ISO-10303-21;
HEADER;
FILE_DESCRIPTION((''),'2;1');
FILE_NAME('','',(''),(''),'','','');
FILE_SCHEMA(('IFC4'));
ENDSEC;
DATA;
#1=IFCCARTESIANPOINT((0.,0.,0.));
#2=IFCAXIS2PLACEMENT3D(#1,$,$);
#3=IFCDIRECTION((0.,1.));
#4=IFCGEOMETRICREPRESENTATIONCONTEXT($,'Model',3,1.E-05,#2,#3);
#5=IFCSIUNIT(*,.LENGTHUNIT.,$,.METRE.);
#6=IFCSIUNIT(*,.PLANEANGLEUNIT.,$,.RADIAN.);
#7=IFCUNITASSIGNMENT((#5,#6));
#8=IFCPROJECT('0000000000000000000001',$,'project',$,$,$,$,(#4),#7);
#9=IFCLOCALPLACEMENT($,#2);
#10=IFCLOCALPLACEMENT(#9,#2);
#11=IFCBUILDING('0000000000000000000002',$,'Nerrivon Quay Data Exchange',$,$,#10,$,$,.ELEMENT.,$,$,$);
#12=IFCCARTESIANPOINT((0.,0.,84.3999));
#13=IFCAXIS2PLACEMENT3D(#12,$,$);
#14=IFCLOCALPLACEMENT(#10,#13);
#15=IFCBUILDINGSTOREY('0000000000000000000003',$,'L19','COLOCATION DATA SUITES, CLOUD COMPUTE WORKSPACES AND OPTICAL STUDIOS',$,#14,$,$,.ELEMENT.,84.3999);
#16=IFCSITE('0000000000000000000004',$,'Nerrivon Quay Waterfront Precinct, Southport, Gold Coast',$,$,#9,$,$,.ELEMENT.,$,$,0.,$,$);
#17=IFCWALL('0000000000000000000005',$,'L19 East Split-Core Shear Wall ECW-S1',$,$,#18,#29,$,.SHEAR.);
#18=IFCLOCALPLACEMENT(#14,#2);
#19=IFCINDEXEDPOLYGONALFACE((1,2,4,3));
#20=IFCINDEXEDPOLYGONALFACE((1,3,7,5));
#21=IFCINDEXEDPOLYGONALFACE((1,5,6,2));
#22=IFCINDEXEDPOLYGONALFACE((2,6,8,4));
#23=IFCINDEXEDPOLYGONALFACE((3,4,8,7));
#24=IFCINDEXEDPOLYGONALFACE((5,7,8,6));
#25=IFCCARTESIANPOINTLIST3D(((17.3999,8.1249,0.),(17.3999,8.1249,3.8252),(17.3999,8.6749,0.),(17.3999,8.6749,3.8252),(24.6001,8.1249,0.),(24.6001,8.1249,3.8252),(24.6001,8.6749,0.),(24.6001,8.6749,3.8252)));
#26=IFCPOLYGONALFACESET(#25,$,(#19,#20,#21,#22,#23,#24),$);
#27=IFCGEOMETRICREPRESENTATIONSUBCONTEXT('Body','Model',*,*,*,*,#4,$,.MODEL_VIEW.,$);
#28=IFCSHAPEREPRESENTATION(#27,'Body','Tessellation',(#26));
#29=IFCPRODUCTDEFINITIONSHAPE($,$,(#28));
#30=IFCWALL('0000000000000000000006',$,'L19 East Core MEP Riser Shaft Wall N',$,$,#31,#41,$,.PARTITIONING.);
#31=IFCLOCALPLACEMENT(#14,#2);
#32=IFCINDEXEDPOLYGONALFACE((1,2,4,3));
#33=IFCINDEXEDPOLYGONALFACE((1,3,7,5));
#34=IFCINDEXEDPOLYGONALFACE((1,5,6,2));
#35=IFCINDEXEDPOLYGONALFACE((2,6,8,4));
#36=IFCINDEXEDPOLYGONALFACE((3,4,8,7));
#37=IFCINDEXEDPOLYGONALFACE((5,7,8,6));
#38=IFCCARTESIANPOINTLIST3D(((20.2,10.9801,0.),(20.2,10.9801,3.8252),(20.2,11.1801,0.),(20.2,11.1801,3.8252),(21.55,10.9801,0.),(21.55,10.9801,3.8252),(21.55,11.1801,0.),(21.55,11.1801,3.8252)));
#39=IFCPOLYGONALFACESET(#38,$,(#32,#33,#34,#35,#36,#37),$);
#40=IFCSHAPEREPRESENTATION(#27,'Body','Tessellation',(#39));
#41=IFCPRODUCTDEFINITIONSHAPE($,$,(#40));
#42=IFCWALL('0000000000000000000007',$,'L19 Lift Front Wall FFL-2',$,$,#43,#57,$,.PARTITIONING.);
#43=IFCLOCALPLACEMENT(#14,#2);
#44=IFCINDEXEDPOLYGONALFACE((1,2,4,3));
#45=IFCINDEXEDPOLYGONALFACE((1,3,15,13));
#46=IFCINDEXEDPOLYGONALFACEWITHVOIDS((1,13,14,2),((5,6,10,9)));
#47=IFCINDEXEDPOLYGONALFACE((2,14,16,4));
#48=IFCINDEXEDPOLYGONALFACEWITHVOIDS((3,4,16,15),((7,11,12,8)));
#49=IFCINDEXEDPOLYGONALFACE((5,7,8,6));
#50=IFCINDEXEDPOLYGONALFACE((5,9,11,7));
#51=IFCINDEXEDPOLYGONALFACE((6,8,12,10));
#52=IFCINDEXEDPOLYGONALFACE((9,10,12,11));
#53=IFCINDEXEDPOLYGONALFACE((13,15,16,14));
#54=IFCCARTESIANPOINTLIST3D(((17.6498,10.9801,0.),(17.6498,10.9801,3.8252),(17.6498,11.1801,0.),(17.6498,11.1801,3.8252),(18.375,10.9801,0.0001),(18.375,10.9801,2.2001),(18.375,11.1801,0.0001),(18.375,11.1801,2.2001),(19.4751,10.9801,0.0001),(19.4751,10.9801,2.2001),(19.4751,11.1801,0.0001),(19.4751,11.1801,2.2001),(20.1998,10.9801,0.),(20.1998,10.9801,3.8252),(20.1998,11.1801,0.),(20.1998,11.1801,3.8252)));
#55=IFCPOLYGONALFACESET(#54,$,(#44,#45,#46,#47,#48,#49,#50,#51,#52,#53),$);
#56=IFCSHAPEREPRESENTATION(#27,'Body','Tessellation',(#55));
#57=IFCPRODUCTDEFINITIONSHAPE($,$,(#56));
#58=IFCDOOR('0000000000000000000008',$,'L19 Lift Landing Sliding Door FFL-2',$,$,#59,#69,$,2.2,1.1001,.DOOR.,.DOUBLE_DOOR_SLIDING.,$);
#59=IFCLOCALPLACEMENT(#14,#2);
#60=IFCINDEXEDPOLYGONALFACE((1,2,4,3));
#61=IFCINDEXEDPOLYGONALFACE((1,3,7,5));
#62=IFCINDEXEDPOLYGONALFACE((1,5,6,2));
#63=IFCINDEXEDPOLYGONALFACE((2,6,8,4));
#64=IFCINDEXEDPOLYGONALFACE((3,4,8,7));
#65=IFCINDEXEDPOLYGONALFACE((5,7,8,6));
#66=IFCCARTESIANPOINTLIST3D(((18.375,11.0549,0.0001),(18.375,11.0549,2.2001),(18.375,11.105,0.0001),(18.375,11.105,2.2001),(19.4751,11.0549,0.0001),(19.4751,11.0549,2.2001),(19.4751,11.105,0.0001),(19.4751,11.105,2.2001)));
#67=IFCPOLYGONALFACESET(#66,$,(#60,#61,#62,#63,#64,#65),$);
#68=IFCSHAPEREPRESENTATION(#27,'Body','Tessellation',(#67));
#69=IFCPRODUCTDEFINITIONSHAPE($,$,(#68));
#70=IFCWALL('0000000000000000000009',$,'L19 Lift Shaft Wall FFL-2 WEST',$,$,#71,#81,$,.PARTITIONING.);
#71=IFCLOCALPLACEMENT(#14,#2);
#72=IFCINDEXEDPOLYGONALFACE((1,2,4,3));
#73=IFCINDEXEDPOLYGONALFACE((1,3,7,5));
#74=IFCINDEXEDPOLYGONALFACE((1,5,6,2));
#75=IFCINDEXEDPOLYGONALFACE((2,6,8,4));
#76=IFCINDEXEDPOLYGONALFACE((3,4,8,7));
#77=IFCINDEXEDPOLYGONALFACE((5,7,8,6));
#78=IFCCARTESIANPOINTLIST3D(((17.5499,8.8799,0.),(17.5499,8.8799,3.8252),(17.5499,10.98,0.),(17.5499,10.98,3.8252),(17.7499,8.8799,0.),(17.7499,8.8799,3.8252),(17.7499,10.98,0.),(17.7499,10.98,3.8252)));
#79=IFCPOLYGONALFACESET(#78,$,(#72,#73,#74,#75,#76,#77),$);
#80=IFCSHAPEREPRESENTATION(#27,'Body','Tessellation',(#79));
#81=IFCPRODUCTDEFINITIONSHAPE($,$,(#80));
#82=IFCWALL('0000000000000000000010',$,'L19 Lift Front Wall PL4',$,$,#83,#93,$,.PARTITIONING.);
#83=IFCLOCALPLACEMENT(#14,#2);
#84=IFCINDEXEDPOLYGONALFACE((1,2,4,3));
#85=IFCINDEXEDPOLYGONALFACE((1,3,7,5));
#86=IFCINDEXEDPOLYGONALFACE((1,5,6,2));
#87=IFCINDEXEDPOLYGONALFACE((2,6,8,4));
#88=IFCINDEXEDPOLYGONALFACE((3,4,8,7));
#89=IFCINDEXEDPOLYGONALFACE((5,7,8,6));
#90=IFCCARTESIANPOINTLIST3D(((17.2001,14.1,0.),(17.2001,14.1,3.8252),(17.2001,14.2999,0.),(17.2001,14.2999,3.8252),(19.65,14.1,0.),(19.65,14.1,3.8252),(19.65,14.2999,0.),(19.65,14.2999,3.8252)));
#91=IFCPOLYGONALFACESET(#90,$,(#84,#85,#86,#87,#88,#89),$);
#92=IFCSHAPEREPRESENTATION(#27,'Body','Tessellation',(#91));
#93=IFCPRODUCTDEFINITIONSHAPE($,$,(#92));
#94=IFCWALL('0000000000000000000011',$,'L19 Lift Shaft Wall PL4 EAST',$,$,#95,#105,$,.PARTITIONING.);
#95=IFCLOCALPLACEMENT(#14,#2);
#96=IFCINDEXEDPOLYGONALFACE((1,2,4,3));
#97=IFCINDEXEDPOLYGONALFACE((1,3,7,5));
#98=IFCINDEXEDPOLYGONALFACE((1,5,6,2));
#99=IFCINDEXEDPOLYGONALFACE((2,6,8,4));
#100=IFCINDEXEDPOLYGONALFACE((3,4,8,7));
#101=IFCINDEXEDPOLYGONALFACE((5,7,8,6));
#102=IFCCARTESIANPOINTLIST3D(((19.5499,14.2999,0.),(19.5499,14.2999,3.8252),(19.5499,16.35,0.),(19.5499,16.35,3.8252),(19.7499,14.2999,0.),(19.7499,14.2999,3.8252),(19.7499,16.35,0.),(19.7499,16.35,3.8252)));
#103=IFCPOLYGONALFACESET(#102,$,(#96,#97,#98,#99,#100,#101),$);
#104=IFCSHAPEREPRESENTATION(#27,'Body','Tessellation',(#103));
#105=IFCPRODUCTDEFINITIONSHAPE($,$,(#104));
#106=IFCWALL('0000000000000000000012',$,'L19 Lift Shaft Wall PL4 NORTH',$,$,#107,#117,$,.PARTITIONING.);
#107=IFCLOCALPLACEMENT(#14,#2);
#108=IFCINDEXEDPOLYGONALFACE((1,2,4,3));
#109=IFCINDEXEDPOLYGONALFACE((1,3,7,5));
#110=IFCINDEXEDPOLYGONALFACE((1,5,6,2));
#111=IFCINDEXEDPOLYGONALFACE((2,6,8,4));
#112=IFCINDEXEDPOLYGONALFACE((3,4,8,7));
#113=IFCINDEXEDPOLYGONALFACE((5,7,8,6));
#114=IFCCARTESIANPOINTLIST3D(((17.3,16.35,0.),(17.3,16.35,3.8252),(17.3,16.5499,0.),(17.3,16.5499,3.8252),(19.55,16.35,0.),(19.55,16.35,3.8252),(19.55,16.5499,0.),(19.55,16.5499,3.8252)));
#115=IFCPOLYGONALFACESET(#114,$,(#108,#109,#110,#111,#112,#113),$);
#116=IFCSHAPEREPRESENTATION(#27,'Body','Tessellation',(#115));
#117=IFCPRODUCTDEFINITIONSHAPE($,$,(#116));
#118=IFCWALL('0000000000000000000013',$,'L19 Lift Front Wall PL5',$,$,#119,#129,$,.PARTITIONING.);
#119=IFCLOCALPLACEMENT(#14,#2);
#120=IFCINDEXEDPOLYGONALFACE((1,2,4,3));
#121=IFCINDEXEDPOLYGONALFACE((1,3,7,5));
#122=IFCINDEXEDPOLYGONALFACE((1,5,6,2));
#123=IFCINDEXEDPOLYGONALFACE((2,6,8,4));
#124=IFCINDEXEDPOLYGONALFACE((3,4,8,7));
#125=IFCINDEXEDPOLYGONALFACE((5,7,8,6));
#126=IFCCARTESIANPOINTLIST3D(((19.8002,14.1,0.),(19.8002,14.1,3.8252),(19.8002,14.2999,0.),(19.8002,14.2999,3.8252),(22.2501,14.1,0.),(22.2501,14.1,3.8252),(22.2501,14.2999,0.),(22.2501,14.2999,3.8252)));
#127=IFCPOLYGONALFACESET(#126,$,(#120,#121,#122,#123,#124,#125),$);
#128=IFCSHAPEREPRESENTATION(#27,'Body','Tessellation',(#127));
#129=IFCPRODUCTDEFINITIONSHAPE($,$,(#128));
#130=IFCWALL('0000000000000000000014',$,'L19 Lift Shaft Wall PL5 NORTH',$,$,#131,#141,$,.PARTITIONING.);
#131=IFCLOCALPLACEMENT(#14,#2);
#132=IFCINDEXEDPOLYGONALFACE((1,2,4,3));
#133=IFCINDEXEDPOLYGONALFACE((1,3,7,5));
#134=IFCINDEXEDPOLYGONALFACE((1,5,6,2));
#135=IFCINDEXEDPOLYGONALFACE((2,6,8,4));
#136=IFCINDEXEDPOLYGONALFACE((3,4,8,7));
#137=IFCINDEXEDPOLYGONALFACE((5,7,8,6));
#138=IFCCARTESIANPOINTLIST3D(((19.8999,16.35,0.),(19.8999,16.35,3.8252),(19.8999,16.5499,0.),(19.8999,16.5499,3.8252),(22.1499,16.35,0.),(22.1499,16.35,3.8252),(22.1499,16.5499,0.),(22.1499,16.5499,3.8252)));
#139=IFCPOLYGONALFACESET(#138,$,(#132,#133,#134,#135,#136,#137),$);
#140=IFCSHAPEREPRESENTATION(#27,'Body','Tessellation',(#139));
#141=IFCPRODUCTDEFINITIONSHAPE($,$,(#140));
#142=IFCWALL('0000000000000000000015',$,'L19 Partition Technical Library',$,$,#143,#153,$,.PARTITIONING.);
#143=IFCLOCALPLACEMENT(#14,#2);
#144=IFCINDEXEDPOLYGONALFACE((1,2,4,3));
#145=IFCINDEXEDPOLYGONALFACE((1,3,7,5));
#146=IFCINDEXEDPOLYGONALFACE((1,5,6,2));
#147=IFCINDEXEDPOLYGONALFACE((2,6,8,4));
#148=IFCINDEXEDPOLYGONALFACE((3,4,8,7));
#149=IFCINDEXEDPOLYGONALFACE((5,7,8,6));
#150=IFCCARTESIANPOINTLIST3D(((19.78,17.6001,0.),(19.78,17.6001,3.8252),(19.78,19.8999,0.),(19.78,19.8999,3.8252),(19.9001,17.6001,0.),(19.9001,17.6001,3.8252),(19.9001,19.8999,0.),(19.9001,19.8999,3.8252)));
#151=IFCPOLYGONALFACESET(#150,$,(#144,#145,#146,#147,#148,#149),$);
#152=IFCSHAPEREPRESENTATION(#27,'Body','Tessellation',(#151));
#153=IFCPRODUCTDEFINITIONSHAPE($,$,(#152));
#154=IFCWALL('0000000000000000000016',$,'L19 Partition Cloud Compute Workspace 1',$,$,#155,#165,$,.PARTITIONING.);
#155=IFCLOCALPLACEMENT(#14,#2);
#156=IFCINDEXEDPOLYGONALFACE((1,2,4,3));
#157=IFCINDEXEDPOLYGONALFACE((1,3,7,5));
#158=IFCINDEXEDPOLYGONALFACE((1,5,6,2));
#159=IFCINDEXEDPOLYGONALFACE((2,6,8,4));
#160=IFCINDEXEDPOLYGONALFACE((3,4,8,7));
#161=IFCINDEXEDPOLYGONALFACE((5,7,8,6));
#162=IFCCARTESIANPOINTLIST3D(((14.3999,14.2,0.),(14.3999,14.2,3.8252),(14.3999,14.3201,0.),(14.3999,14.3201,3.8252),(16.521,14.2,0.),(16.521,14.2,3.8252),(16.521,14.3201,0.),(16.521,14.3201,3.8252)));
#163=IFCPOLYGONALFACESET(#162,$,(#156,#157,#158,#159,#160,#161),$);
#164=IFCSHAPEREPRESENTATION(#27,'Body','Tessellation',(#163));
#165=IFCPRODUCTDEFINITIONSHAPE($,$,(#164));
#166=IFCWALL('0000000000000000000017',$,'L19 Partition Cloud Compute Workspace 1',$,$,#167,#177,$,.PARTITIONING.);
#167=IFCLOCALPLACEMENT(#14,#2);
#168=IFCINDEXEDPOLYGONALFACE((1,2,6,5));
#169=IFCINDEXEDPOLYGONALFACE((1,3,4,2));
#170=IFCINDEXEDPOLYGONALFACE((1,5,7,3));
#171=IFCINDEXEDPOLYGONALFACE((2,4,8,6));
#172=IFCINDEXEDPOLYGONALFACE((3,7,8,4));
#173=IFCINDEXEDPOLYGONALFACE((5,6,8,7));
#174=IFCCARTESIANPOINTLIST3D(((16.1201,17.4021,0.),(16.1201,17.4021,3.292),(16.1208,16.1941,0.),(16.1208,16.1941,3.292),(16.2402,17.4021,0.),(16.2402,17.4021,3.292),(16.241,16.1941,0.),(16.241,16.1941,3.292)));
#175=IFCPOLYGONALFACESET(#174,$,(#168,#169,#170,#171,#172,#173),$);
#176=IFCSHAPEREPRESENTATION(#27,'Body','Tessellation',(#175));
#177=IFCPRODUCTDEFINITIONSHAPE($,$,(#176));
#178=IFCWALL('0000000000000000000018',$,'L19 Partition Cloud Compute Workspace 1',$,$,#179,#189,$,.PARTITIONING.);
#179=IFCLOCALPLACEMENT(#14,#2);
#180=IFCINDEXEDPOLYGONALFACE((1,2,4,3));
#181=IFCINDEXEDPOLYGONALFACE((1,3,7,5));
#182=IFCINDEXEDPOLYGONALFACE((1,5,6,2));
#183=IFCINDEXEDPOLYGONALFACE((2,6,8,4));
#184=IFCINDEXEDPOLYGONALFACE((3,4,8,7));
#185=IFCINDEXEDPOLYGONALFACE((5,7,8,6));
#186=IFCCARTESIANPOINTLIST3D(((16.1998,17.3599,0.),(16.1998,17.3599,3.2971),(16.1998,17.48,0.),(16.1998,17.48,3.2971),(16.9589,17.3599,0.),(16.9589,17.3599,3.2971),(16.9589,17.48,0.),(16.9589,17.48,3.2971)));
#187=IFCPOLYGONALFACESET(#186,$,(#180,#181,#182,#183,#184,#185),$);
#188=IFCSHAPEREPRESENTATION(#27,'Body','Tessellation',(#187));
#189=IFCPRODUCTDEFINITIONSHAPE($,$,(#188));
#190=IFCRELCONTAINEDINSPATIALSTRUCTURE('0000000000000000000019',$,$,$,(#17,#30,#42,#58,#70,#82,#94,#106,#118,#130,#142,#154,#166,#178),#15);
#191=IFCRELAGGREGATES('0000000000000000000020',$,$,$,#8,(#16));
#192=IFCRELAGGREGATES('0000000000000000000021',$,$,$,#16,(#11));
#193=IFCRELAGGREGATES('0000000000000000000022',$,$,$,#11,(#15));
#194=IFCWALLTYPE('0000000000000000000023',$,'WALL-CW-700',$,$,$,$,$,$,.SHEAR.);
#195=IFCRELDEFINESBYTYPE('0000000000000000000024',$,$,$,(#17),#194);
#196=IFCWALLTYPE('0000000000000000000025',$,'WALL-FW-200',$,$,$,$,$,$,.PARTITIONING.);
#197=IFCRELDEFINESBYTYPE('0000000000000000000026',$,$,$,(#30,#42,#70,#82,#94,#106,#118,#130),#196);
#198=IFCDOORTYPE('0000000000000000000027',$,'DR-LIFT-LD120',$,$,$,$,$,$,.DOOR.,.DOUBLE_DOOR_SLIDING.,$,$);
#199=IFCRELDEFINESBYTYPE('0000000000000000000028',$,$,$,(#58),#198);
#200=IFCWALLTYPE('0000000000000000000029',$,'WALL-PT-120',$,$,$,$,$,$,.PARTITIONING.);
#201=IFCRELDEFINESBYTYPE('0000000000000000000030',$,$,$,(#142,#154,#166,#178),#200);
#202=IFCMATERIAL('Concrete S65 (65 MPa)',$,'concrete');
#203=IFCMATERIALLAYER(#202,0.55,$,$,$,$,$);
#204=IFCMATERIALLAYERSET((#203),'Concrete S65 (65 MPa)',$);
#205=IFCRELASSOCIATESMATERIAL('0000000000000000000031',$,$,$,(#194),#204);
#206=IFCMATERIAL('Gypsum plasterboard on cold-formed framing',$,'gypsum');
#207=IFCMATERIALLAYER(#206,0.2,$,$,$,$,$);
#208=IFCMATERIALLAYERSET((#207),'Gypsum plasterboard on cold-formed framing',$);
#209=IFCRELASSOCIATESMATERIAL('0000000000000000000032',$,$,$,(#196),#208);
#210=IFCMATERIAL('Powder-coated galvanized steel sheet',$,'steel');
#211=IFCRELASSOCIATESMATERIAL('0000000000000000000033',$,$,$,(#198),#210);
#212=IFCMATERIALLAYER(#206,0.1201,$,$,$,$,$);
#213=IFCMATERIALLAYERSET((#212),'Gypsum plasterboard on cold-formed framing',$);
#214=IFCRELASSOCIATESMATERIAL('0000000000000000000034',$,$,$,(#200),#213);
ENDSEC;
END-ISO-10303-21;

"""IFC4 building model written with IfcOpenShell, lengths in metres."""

from ifc_helpers import new_model, si_unit, direction, frame, frame_2d, origin, place, context, subcontext, project, spatial, rectangle, extrude, material, layer, layer_set, type_object, element, fill, save


model = new_model("IFC4")

# Units and contexts
model_context = context("Model", 3, precision=1e-05, world=origin(), true_north=direction((0.0, 1.0)))
body_context = subcontext(model_context, "Body", "Model", "MODEL_VIEW")
ifc_project = project(units=[si_unit("LENGTHUNIT", "METRE"), si_unit("PLANEANGLEUNIT", "RADIAN")], contexts=[model_context])

# Site, building, storey
site_placement = place(None, origin())
site = spatial("IfcSite", under=ifc_project, at=site_placement, Name="Nerrivon Quay Waterfront Precinct, Southport, Gold Coast", CompositionType="ELEMENT", RefElevation=0.0)
building_placement = place(site_placement, origin())
building = spatial("IfcBuilding", under=site, at=building_placement, Name="Nerrivon Quay Data Exchange", CompositionType="ELEMENT")
storey_placement = place(building_placement, frame((0.0, 0.0, 84.3999)))
storey = spatial("IfcBuildingStorey", under=building, at=storey_placement, Name="L19", Description="COLOCATION DATA SUITES, CLOUD COMPUTE WORKSPACES AND OPTICAL STUDIOS", CompositionType="ELEMENT", Elevation=84.3999)

# Shared definitions
ifc_material_1 = material(Name="Concrete S65 (65 MPa)", Category="concrete")

# Wall
ifc_layer_1 = layer(ifc_material_1, 0.55)
ifc_layer_set_1 = layer_set([ifc_layer_1], Name="Concrete S65 (65 MPa)")
wall_type_1 = type_object("IfcWallType", Name="WALL-CW-700", PredefinedType="SHEAR", material=ifc_layer_set_1)
wall_1_placement = place(storey_placement, frame((17.3999, 8.3999, 0.0), z_axis=(0.0, 0.0, 1.0), x_axis=(1.0, 0.0, 0.0)))
element("IfcWall", 1, at=wall_1_placement, inside=storey, type_object=wall_type_1, Name="L19 East Split-Core Shear Wall ECW-S1", PredefinedType="SHEAR", context=body_context, shape_type="SweptSolid", body=[
    extrude(rectangle(XDim=7.2002, YDim=0.55, at=frame_2d((3.6001, 0.0))), origin(), (0.0, 0.0, 1.0), 3.8252),
])

# Shared definitions
ifc_material_2 = material(Name="Powder-coated galvanized steel sheet", Category="steel")

# Wall
ifc_material_3 = material(Name="Gypsum plasterboard on cold-formed framing", Category="gypsum")
ifc_layer_2 = layer(ifc_material_3, 0.2)
ifc_layer_set_2 = layer_set([ifc_layer_2], Name="Gypsum plasterboard on cold-formed framing")
wall_type_2 = type_object("IfcWallType", Name="WALL-FW-200", PredefinedType="PARTITIONING", material=ifc_layer_set_2)
wall_2_placement = place(storey_placement, frame((20.2, 11.0801, 0.0), z_axis=(0.0, 0.0, 1.0), x_axis=(1.0, 0.0, 0.0)))
element("IfcWall", 2, at=wall_2_placement, inside=storey, type_object=wall_type_2, Name="L19 East Core MEP Riser Shaft Wall N", PredefinedType="PARTITIONING", context=body_context, shape_type="SweptSolid", body=[
    extrude(rectangle(XDim=1.3501, YDim=0.2, at=frame_2d((0.675, 0.0))), origin(), (0.0, 0.0, 1.0), 3.8252),
])

# Wall, opening, door
wall_3_placement = place(storey_placement, frame((17.6499, 11.0801, 0.0), z_axis=(0.0, 0.0, 1.0), x_axis=(1.0, 0.0, 0.0)))
wall_3 = element("IfcWall", 3, at=wall_3_placement, inside=storey, type_object=wall_type_2, Name="L19 Lift Front Wall FFL-2", PredefinedType="PARTITIONING", context=body_context, shape_type="SweptSolid", body=[
    extrude(rectangle(XDim=2.55, YDim=0.2, at=frame_2d((1.2749, 0.0))), origin(), (0.0, 0.0, 1.0), 3.8252),
])
opening_1_placement = place(wall_3_placement, frame((0.7251, 0.0, 0.0)))
opening_1 = element("IfcOpeningElement", 4, at=opening_1_placement, cuts=wall_3, PredefinedType="OPENING", context=body_context, shape_type="SweptSolid", body=[
    extrude(rectangle(XDim=1.1001, YDim=2.2, at=frame_2d((0.55, 1.1001))), frame((0.0, 0.1099, 0.0), z_axis=(0.0, -1.0, 0.0), x_axis=(1.0, 0.0, 0.0)), (0.0, 0.0, 1.0), 0.22),
])
door_type_1 = type_object("IfcDoorType", Name="DR-LIFT-LD120", OperationType="DOUBLE_DOOR_SLIDING", PredefinedType="DOOR", material=ifc_material_2)
door_1_placement = place(opening_1_placement, origin())
door_1 = element("IfcDoor", 5, at=door_1_placement, inside=storey, type_object=door_type_1, Name="L19 Lift Landing Sliding Door FFL-2", OperationType="DOUBLE_DOOR_SLIDING", OverallHeight=2.2, OverallWidth=1.1001, PredefinedType="DOOR", context=body_context, shape_type="SweptSolid", body=[
    extrude(rectangle(XDim=1.1001, YDim=2.2, at=frame_2d((0.55, 1.1001))), frame((0.0, 0.0249, 0.0), z_axis=(0.0, -1.0, 0.0), x_axis=(1.0, 0.0, 0.0)), (0.0, 0.0, 1.0), 0.05),
])
fill(opening_1, door_1)

# Walls
wall_4_placement = place(storey_placement, frame((17.6499, 8.8799, 0.0), z_axis=(0.0, 0.0, 1.0), x_axis=(0.0, 1.0, 0.0)))
element("IfcWall", 6, at=wall_4_placement, inside=storey, type_object=wall_type_2, Name="L19 Lift Shaft Wall FFL-2 WEST", PredefinedType="PARTITIONING", context=body_context, shape_type="SweptSolid", body=[
    extrude(rectangle(XDim=2.1001, YDim=0.2, at=frame_2d((1.05, 0.0))), origin(), (0.0, 0.0, 1.0), 3.8252),
])
wall_5_placement = place(storey_placement, frame((17.2, 14.2, 0.0), z_axis=(0.0, 0.0, 1.0), x_axis=(1.0, 0.0, 0.0)))
element("IfcWall", 7, at=wall_5_placement, inside=storey, type_object=wall_type_2, Name="L19 Lift Front Wall PL4", PredefinedType="PARTITIONING", context=body_context, shape_type="SweptSolid", body=[
    extrude(rectangle(XDim=2.45, YDim=0.2, at=frame_2d((1.2251, 0.0))), origin(), (0.0, 0.0, 1.0), 3.8252),
])
wall_6_placement = place(storey_placement, frame((19.6499, 14.3, 0.0), z_axis=(0.0, 0.0, 1.0), x_axis=(0.0, 1.0, 0.0)))
element("IfcWall", 8, at=wall_6_placement, inside=storey, type_object=wall_type_2, Name="L19 Lift Shaft Wall PL4 EAST", PredefinedType="PARTITIONING", context=body_context, shape_type="SweptSolid", body=[
    extrude(rectangle(XDim=2.05, YDim=0.2, at=frame_2d((1.0249, 0.0))), origin(), (0.0, 0.0, 1.0), 3.8252),
])
wall_7_placement = place(storey_placement, frame((17.3, 16.45, 0.0), z_axis=(0.0, 0.0, 1.0), x_axis=(1.0, 0.0, 0.0)))
element("IfcWall", 9, at=wall_7_placement, inside=storey, type_object=wall_type_2, Name="L19 Lift Shaft Wall PL4 NORTH", PredefinedType="PARTITIONING", context=body_context, shape_type="SweptSolid", body=[
    extrude(rectangle(XDim=2.25, YDim=0.2, at=frame_2d((1.125, 0.0))), origin(), (0.0, 0.0, 1.0), 3.8252),
])
wall_8_placement = place(storey_placement, frame((19.8, 14.2, 0.0), z_axis=(0.0, 0.0, 1.0), x_axis=(1.0, 0.0, 0.0)))
element("IfcWall", 10, at=wall_8_placement, inside=storey, type_object=wall_type_2, Name="L19 Lift Front Wall PL5", PredefinedType="PARTITIONING", context=body_context, shape_type="SweptSolid", body=[
    extrude(rectangle(XDim=2.45, YDim=0.2, at=frame_2d((1.2251, 0.0))), origin(), (0.0, 0.0, 1.0), 3.8252),
])
wall_9_placement = place(storey_placement, frame((19.8999, 16.45, 0.0), z_axis=(0.0, 0.0, 1.0), x_axis=(1.0, 0.0, 0.0)))
element("IfcWall", 11, at=wall_9_placement, inside=storey, type_object=wall_type_2, Name="L19 Lift Shaft Wall PL5 NORTH", PredefinedType="PARTITIONING", context=body_context, shape_type="SweptSolid", body=[
    extrude(rectangle(XDim=2.25, YDim=0.2, at=frame_2d((1.125, 0.0))), origin(), (0.0, 0.0, 1.0), 3.8252),
])
ifc_layer_3 = layer(ifc_material_3, 0.1201)
ifc_layer_set_3 = layer_set([ifc_layer_3], Name="Gypsum plasterboard on cold-formed framing")
wall_type_3 = type_object("IfcWallType", Name="WALL-PT-120", PredefinedType="PARTITIONING", material=ifc_layer_set_3)
wall_10_placement = place(storey_placement, frame((19.8401, 17.6001, 0.0), z_axis=(0.0, 0.0, 1.0), x_axis=(0.0, 1.0, 0.0)))
element("IfcWall", 12, at=wall_10_placement, inside=storey, type_object=wall_type_3, Name="L19 Partition Technical Library", PredefinedType="PARTITIONING", context=body_context, shape_type="SweptSolid", body=[
    extrude(rectangle(XDim=2.2998, YDim=0.1201, at=frame_2d((1.1499, 0.0))), origin(), (0.0, 0.0, 1.0), 3.8252),
])
wall_11_placement = place(storey_placement, frame((14.3999, 14.26, 0.0), z_axis=(0.0, 0.0, 1.0), x_axis=(1.0, 0.0, 0.0)))
element("IfcWall", 13, at=wall_11_placement, inside=storey, type_object=wall_type_3, Name="L19 Partition Cloud Compute Workspace 1", PredefinedType="PARTITIONING", context=body_context, shape_type="SweptSolid", body=[
    extrude(rectangle(XDim=2.1211, YDim=0.1201, at=frame_2d((1.0605, 0.0))), origin(), (0.0, 0.0, 1.0), 3.8252),
])
wall_12_placement = place(storey_placement, frame((16.1809, 16.1941, 0.0), z_axis=(0.0, 0.0, 1.0), x_axis=(-0.000606, 1.0, 0.0)))
element("IfcWall", 14, at=wall_12_placement, inside=storey, type_object=wall_type_3, Name="L19 Partition Cloud Compute Workspace 1", PredefinedType="PARTITIONING", context=body_context, shape_type="SweptSolid", body=[
    extrude(rectangle(XDim=1.208, YDim=0.1201, at=frame_2d((0.604, 0.0))), origin(), (0.0, 0.0, 1.0), 3.292),
])
wall_13_placement = place(storey_placement, frame((16.2, 17.4199, 0.0), z_axis=(0.0, 0.0, 1.0), x_axis=(1.0, 0.0, 0.0)))
element("IfcWall", 15, at=wall_13_placement, inside=storey, type_object=wall_type_3, Name="L19 Partition Cloud Compute Workspace 1", PredefinedType="PARTITIONING", context=body_context, shape_type="SweptSolid", body=[
    extrude(rectangle(XDim=0.759, YDim=0.1201, at=frame_2d((0.3794, 0.0))), origin(), (0.0, 0.0, 1.0), 3.2971),
])

save(model, "model.ifc")
